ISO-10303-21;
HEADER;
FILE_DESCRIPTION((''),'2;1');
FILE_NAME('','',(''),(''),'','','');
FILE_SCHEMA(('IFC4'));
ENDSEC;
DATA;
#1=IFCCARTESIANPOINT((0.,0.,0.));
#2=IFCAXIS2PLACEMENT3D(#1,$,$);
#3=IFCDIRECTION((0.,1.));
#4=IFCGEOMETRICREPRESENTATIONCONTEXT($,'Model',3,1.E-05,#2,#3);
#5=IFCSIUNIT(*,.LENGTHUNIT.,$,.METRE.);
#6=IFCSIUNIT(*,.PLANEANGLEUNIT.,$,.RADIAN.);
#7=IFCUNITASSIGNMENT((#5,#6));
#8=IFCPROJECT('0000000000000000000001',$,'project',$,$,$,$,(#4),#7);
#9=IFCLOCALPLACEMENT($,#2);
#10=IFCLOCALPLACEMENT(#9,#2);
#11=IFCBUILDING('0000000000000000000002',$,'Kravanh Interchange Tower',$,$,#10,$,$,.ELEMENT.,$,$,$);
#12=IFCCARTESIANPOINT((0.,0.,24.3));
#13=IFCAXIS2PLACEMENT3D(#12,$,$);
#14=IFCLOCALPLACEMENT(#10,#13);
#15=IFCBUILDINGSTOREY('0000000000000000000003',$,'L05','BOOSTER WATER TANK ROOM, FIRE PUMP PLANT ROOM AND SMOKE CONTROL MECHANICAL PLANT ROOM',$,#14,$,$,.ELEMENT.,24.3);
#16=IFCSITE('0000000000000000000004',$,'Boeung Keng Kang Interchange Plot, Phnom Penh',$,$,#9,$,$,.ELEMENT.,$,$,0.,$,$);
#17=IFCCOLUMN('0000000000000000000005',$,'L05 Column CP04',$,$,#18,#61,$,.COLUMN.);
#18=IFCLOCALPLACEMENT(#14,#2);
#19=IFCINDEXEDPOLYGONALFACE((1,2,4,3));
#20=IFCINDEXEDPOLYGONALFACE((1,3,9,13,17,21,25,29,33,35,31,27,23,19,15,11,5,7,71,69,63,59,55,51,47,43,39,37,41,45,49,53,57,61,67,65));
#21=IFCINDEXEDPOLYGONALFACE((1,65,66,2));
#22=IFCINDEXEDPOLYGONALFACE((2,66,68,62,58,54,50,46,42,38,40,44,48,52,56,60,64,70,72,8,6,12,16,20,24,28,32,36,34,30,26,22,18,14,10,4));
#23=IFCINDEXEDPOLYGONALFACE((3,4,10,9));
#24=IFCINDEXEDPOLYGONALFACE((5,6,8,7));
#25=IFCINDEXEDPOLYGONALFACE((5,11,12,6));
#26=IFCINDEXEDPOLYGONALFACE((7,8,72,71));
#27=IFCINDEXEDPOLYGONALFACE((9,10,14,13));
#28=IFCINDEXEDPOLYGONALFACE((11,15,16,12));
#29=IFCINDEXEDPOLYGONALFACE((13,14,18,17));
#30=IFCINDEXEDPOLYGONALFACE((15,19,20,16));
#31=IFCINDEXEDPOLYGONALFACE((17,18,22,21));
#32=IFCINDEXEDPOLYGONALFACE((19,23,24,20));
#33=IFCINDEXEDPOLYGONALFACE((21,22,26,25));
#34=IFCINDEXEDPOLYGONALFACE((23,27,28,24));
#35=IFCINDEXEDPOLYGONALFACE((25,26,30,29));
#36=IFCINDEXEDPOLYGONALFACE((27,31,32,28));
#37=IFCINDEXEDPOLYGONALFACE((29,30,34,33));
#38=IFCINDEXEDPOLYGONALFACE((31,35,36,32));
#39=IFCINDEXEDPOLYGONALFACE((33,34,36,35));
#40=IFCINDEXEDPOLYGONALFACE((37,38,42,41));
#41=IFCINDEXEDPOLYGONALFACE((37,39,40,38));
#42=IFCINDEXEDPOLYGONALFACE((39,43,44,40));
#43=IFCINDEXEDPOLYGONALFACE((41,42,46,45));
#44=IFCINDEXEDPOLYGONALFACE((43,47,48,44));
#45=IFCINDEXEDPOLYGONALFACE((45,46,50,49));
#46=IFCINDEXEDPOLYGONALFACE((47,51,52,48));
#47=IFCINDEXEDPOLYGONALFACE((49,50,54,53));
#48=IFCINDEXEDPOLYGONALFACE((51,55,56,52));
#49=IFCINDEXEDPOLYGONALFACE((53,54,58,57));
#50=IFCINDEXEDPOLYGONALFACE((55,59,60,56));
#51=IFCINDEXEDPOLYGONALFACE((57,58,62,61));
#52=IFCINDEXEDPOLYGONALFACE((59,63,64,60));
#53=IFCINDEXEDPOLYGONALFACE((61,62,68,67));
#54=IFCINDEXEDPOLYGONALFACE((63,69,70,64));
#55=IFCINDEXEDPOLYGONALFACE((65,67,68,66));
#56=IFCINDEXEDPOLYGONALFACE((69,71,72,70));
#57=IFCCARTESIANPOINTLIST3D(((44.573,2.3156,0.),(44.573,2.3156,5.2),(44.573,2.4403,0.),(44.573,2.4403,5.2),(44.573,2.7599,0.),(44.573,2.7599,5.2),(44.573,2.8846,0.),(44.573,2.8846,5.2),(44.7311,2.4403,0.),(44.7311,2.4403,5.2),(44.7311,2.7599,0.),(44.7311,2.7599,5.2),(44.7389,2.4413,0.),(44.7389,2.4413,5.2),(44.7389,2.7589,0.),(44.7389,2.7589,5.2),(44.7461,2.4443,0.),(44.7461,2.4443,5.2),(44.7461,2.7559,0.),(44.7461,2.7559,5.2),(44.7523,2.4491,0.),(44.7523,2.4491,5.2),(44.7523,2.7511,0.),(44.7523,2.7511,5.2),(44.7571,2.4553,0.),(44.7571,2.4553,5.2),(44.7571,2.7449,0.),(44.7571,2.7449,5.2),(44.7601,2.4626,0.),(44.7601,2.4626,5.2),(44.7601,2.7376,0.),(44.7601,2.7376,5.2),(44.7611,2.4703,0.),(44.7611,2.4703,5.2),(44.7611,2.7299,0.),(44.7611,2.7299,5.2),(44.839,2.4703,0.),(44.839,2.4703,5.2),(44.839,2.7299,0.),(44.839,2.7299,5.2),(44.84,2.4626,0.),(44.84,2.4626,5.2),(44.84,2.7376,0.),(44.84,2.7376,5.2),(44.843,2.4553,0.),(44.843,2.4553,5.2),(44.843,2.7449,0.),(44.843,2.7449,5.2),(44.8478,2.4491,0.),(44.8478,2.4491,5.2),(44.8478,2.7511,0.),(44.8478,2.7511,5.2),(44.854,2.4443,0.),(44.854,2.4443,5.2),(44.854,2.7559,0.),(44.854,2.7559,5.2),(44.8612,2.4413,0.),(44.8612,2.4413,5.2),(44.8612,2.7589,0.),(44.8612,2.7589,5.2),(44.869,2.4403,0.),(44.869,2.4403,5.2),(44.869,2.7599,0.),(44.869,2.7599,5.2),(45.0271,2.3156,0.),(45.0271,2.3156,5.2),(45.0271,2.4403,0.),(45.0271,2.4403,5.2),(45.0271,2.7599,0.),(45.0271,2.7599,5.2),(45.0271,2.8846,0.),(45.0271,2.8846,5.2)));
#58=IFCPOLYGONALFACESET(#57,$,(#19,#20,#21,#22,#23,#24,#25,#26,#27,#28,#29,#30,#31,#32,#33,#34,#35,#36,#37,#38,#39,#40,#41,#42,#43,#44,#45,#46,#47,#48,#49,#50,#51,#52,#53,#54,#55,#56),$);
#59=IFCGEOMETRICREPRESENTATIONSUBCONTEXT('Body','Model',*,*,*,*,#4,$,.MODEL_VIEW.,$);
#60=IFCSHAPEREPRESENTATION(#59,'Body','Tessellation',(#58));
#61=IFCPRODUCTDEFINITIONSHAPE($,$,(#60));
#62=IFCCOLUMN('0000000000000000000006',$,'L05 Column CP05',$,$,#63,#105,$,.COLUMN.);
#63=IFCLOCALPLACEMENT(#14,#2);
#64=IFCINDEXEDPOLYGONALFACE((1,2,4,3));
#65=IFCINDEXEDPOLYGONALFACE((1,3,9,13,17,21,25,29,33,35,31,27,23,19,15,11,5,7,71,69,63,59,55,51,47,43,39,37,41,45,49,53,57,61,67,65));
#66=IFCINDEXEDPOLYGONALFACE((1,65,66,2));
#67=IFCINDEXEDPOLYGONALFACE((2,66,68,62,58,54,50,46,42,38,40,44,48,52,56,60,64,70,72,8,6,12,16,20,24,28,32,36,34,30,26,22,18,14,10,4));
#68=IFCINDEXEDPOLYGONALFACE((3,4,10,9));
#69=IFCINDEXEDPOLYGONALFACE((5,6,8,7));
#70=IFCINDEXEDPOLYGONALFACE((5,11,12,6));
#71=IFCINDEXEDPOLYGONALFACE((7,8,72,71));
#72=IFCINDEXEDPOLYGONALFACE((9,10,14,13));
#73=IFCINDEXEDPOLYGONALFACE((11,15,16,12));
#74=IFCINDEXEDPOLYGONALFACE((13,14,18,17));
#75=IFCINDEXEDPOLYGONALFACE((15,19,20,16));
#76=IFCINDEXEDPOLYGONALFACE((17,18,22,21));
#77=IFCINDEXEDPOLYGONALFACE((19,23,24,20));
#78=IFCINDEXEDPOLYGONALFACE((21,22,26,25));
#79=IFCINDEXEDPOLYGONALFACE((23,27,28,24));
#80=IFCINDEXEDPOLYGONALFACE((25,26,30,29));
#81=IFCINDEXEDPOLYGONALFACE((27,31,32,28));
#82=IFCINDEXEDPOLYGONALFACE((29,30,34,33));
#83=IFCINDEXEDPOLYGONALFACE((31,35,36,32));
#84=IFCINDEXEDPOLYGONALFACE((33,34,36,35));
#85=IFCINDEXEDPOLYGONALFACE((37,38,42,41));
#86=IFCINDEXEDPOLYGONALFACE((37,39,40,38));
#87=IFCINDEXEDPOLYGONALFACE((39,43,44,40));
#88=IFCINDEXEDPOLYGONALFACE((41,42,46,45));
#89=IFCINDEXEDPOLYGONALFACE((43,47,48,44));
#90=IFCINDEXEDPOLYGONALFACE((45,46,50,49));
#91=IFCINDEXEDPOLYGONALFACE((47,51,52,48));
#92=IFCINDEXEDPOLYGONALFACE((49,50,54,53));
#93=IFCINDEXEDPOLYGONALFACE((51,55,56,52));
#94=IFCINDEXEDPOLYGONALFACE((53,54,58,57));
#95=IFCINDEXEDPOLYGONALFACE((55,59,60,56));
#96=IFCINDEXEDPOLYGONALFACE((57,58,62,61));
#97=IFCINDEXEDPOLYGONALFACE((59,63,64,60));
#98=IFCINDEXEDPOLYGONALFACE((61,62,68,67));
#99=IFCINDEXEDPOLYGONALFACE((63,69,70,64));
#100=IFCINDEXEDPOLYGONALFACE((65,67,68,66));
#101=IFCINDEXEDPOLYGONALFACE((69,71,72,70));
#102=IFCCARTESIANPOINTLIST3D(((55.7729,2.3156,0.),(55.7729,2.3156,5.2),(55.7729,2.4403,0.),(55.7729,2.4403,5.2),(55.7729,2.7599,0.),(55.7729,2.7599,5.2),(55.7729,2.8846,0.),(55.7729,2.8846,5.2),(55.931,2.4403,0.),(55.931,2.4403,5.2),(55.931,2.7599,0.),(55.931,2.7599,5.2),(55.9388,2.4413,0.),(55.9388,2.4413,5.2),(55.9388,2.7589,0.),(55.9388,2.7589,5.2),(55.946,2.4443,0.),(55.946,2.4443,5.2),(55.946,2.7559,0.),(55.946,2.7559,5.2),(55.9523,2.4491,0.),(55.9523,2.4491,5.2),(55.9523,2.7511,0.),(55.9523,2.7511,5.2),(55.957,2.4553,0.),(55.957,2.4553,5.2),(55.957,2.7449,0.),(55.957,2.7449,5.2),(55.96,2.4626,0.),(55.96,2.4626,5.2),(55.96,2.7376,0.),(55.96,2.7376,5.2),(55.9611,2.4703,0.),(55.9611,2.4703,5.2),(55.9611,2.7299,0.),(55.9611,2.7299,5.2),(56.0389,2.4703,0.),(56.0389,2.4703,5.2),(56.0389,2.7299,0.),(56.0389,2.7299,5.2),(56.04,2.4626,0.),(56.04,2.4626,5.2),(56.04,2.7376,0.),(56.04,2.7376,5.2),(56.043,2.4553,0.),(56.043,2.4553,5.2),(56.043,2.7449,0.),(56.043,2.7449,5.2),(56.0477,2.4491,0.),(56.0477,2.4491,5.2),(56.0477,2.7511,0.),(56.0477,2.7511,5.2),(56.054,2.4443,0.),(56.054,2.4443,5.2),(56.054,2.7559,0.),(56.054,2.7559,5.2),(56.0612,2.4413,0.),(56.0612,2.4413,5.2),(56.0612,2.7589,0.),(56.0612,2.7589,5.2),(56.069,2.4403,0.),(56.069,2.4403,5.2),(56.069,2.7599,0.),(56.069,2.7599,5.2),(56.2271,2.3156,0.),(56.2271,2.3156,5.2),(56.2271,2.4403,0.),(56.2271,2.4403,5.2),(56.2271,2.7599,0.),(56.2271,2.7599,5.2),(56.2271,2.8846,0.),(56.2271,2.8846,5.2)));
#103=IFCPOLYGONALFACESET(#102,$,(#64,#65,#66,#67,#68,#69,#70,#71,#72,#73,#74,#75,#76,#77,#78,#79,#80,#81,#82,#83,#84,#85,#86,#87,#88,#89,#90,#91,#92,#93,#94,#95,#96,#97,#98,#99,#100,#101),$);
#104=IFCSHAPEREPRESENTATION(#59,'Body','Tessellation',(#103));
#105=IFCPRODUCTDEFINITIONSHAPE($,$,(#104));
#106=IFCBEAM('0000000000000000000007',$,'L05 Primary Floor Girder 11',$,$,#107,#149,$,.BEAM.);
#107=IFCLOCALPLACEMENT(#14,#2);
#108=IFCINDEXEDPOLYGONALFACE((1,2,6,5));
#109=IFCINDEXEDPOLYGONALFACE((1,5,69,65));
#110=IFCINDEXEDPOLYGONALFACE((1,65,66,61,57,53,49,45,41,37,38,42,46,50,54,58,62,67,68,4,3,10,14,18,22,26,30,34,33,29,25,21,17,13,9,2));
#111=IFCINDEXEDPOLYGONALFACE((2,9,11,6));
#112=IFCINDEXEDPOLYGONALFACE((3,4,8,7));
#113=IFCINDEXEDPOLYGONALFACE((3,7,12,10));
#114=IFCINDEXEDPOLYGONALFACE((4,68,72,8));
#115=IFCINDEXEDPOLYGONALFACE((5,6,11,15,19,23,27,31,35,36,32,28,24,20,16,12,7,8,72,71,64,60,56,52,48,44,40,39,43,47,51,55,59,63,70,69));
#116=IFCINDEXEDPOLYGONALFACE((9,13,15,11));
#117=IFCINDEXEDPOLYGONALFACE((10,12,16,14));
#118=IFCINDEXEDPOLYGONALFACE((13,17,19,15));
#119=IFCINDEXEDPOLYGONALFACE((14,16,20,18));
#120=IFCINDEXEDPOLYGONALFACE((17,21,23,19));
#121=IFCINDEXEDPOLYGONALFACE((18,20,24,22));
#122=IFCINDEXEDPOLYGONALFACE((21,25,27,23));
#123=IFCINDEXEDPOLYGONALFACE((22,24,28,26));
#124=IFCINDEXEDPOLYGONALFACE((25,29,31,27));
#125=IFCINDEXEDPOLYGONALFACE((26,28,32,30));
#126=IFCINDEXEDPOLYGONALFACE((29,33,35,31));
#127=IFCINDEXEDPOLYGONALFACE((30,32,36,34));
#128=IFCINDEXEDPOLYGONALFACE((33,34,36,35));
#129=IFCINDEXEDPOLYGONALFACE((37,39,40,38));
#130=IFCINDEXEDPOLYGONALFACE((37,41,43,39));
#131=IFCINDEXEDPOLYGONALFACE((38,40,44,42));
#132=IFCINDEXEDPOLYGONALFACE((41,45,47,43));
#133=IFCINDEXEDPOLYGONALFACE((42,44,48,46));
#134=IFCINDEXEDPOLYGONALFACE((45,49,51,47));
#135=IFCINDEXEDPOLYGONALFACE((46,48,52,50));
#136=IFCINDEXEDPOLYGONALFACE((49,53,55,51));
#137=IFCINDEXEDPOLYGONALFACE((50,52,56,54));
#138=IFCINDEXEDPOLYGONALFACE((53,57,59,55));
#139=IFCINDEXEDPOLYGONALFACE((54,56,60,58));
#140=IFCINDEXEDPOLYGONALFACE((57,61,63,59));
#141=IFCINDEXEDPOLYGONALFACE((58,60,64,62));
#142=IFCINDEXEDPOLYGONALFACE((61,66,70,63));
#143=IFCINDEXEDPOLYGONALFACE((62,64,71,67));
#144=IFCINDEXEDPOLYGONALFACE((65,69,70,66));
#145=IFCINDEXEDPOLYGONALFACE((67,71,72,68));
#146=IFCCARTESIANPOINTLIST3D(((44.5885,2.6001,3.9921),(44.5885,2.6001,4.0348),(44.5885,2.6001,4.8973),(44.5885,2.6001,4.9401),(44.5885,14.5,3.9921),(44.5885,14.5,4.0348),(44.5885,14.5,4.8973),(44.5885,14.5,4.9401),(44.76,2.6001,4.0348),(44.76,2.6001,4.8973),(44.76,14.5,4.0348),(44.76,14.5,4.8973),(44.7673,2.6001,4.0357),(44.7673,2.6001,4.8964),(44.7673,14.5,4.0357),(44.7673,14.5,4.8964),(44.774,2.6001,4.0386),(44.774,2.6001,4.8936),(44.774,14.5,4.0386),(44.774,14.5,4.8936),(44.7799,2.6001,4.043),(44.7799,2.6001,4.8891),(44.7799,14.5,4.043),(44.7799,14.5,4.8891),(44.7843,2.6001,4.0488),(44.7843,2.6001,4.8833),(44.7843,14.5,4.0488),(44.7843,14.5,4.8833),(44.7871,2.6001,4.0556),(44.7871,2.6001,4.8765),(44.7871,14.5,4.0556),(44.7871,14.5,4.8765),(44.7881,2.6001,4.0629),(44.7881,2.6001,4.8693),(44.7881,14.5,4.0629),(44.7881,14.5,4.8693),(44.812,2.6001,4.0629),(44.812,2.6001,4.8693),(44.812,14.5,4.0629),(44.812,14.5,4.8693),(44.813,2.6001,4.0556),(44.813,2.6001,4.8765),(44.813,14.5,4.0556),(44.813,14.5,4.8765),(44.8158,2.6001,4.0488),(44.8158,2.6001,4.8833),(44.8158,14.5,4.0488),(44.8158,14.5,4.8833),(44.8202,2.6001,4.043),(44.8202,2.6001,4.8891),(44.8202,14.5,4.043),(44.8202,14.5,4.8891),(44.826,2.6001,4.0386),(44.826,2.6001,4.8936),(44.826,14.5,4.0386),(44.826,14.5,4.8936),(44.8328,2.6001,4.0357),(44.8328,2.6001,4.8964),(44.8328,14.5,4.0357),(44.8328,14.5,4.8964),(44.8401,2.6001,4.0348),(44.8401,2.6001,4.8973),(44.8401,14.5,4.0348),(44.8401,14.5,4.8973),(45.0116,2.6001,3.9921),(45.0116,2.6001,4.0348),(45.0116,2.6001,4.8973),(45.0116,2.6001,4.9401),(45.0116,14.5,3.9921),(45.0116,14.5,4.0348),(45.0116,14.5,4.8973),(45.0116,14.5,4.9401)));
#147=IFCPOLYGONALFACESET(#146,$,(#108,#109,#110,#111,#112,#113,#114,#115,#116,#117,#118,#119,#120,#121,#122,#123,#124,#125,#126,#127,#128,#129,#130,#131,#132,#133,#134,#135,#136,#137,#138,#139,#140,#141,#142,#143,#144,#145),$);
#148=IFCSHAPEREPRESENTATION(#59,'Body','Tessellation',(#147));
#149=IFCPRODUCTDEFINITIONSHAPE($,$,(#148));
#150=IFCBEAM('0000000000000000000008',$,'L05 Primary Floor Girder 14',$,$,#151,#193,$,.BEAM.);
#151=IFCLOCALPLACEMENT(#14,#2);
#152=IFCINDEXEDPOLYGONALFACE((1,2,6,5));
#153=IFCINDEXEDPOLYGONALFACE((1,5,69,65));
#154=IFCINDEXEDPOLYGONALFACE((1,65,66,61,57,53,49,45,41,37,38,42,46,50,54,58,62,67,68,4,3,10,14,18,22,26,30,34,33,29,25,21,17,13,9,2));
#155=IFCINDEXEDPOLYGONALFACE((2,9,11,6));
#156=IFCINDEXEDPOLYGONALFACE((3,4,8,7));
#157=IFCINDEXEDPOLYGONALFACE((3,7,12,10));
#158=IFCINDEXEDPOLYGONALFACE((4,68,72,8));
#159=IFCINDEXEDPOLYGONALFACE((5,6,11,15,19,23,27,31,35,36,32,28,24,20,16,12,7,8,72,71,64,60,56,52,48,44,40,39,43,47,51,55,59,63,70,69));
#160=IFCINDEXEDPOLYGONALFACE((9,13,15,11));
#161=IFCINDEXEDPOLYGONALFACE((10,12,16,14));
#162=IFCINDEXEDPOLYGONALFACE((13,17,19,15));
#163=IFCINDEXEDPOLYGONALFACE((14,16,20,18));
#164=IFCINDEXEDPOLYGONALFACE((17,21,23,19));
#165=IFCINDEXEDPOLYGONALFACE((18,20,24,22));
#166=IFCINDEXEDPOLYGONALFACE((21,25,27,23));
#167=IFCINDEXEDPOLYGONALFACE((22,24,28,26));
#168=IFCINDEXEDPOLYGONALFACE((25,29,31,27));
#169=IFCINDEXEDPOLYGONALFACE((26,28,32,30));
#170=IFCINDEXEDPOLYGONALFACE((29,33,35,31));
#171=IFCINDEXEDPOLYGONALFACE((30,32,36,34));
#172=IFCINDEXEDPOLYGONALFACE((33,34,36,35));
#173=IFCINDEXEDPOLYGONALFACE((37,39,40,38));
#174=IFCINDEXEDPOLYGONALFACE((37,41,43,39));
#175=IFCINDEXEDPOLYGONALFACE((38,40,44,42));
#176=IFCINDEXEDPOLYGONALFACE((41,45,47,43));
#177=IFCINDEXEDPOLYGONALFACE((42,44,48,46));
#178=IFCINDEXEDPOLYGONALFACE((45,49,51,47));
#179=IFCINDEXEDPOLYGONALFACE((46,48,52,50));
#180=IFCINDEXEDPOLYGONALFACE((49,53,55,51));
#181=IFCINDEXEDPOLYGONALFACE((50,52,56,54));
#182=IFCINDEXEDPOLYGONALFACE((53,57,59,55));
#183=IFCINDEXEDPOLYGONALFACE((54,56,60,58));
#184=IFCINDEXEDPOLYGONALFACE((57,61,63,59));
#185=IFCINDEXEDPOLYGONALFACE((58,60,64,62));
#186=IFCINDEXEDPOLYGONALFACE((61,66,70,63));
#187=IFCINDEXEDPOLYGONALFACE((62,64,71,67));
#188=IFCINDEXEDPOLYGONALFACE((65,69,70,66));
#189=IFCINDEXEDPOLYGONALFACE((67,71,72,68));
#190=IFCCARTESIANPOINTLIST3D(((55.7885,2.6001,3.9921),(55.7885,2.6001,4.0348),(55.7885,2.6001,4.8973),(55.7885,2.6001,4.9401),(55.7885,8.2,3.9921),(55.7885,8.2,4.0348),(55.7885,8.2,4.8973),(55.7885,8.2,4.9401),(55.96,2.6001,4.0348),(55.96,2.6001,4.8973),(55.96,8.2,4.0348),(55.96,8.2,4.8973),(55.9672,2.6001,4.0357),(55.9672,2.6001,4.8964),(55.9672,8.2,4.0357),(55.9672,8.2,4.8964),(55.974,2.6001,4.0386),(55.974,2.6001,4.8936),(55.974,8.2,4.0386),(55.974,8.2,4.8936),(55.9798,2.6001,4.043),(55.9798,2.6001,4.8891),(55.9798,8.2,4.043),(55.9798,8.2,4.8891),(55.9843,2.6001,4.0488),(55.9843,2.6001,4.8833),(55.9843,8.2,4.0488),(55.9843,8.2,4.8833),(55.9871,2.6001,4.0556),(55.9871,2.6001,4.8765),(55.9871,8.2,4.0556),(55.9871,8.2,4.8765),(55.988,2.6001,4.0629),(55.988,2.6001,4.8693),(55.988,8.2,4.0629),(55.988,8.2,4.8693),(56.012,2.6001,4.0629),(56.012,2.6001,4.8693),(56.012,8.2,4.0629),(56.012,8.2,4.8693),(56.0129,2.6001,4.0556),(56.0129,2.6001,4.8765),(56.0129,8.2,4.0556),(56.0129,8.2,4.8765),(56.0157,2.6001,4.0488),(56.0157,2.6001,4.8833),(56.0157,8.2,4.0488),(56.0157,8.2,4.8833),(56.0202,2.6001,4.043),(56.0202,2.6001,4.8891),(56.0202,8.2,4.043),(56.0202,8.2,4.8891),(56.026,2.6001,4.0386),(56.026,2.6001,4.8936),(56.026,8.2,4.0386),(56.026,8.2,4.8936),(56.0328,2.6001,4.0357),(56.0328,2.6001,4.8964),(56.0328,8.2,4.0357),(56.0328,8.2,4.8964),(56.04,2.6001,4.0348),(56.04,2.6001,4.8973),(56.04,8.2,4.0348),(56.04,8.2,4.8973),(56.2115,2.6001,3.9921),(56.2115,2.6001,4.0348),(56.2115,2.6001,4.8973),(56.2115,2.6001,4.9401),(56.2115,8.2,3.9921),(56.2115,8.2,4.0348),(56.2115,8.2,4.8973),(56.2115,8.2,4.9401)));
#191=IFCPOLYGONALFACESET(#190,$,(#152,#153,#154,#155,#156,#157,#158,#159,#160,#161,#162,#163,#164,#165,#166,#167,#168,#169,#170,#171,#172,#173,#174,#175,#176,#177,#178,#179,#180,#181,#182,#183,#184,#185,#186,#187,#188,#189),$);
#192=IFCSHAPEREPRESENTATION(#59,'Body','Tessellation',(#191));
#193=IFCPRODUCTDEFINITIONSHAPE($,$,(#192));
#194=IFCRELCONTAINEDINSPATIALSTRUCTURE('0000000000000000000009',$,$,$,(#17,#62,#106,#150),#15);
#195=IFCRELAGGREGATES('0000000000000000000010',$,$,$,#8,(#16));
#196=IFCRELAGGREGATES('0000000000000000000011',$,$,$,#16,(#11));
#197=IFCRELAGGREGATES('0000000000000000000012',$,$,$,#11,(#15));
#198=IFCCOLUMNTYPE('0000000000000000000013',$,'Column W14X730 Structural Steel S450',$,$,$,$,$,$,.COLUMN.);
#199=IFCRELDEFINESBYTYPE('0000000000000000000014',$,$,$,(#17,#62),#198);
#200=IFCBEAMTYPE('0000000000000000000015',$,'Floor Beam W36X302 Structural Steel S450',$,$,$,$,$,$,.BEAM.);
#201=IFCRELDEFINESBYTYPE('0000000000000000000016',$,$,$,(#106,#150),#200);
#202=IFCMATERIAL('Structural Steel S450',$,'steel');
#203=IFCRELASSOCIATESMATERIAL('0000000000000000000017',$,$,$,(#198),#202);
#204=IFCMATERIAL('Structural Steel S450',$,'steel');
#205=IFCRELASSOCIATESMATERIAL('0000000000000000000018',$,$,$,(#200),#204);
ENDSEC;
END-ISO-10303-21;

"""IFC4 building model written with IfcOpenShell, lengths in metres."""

from ifc_helpers import new_model, si_unit, direction, frame, origin, origin_2d, place, context, subcontext, project, spatial, i_section, extrude, material, material_profile, profile_set, type_object, element, save


model = new_model("IFC4")

# Units and contexts
model_context = context("Model", 3, precision=1e-05, world=origin(), true_north=direction((0.0, 1.0)))
body_context = subcontext(model_context, "Body", "Model", "MODEL_VIEW")
ifc_project = project(units=[si_unit("LENGTHUNIT", "METRE"), si_unit("PLANEANGLEUNIT", "RADIAN")], contexts=[model_context])

# Site, building, storey
site_placement = place(None, origin())
site = spatial("IfcSite", under=ifc_project, at=site_placement, Name="Boeung Keng Kang Interchange Plot, Phnom Penh", CompositionType="ELEMENT", RefElevation=0.0)
building_placement = place(site_placement, origin())
building = spatial("IfcBuilding", under=site, at=building_placement, Name="Kravanh Interchange Tower", CompositionType="ELEMENT")
storey_placement = place(building_placement, frame((0.0, 0.0, 24.3)))
storey = spatial("IfcBuildingStorey", under=building, at=storey_placement, Name="L05", Description="BOOSTER WATER TANK ROOM, FIRE PUMP PLANT ROOM AND SMOKE CONTROL MECHANICAL PLANT ROOM", CompositionType="ELEMENT", Elevation=24.3)

# Columns
ifc_material_1 = material(Name="Structural Steel S450", Category="steel")
ifc_material_profile_1 = material_profile(ifc_material_1, i_section(OverallWidth=0.4541, OverallDepth=0.5691, WebThickness=0.0779, FlangeThickness=0.1248, FilletRadius=0.03, at=origin_2d()), Name="W14X730")
ifc_profile_set_1 = profile_set([ifc_material_profile_1], Name="Structural Steel S450")
column_type = type_object("IfcColumnType", Name="Column W14X730 Structural Steel S450", PredefinedType="COLUMN", material=ifc_profile_set_1)
for number, where, z_axis, x_axis, name in (
    (1, (44.8, 2.6001, 0.0), (0.0, 0.0, 1.0), (1.0, 0.0, 0.0), "L05 Column CP04"),
    (2, (56.0, 2.6001, 0.0), (0.0, 0.0, 1.0), (1.0, 0.0, 0.0), "L05 Column CP05"),
):
    element("IfcColumn", number, at=place(storey_placement, frame(where, z_axis=z_axis, x_axis=x_axis)), inside=storey, type_object=column_type, Name=name, PredefinedType="COLUMN", context=body_context, shape_type="SweptSolid", body=[
        extrude(i_section(OverallWidth=0.4541, OverallDepth=0.5691, WebThickness=0.0779, FlangeThickness=0.1248, FilletRadius=0.03, at=origin_2d()), origin(), (0.0, 0.0, 1.0), 5.2),
    ])

# Beams
ifc_material_2 = material(Name="Structural Steel S450", Category="steel")
ifc_material_profile_2 = material_profile(ifc_material_2, i_section(OverallWidth=0.4231, OverallDepth=0.948, WebThickness=0.0239, FlangeThickness=0.0427, FilletRadius=0.0281, at=origin_2d()), Name="W36X302")
ifc_profile_set_2 = profile_set([ifc_material_profile_2], Name="Structural Steel S450")
beam_type_1 = type_object("IfcBeamType", Name="Floor Beam W36X302 Structural Steel S450", PredefinedType="BEAM", material=ifc_profile_set_2)
beam_1_placement = place(storey_placement, frame((44.8, 2.6001, 4.4661), z_axis=(0.0, 1.0, 0.0), x_axis=(-1.0, 0.0, 0.0)))
element("IfcBeam", 3, at=beam_1_placement, inside=storey, type_object=beam_type_1, Name="L05 Primary Floor Girder 11", PredefinedType="BEAM", context=body_context, shape_type="SweptSolid", body=[
    extrude(i_section(OverallWidth=0.4231, OverallDepth=0.948, WebThickness=0.0239, FlangeThickness=0.0427, FilletRadius=0.0281, at=origin_2d()), origin(), (0.0, 0.0, 1.0), 11.8999),
])
beam_2_placement = place(storey_placement, frame((56.0, 2.6001, 4.4661), z_axis=(0.0, 1.0, 0.0), x_axis=(-1.0, 0.0, 0.0)))
element("IfcBeam", 4, at=beam_2_placement, inside=storey, type_object=beam_type_1, Name="L05 Primary Floor Girder 14", PredefinedType="BEAM", context=body_context, shape_type="SweptSolid", body=[
    extrude(i_section(OverallWidth=0.4231, OverallDepth=0.948, WebThickness=0.0239, FlangeThickness=0.0427, FilletRadius=0.0281, at=origin_2d()), origin(), (0.0, 0.0, 1.0), 5.5999),
])

save(model, "model.ifc")
